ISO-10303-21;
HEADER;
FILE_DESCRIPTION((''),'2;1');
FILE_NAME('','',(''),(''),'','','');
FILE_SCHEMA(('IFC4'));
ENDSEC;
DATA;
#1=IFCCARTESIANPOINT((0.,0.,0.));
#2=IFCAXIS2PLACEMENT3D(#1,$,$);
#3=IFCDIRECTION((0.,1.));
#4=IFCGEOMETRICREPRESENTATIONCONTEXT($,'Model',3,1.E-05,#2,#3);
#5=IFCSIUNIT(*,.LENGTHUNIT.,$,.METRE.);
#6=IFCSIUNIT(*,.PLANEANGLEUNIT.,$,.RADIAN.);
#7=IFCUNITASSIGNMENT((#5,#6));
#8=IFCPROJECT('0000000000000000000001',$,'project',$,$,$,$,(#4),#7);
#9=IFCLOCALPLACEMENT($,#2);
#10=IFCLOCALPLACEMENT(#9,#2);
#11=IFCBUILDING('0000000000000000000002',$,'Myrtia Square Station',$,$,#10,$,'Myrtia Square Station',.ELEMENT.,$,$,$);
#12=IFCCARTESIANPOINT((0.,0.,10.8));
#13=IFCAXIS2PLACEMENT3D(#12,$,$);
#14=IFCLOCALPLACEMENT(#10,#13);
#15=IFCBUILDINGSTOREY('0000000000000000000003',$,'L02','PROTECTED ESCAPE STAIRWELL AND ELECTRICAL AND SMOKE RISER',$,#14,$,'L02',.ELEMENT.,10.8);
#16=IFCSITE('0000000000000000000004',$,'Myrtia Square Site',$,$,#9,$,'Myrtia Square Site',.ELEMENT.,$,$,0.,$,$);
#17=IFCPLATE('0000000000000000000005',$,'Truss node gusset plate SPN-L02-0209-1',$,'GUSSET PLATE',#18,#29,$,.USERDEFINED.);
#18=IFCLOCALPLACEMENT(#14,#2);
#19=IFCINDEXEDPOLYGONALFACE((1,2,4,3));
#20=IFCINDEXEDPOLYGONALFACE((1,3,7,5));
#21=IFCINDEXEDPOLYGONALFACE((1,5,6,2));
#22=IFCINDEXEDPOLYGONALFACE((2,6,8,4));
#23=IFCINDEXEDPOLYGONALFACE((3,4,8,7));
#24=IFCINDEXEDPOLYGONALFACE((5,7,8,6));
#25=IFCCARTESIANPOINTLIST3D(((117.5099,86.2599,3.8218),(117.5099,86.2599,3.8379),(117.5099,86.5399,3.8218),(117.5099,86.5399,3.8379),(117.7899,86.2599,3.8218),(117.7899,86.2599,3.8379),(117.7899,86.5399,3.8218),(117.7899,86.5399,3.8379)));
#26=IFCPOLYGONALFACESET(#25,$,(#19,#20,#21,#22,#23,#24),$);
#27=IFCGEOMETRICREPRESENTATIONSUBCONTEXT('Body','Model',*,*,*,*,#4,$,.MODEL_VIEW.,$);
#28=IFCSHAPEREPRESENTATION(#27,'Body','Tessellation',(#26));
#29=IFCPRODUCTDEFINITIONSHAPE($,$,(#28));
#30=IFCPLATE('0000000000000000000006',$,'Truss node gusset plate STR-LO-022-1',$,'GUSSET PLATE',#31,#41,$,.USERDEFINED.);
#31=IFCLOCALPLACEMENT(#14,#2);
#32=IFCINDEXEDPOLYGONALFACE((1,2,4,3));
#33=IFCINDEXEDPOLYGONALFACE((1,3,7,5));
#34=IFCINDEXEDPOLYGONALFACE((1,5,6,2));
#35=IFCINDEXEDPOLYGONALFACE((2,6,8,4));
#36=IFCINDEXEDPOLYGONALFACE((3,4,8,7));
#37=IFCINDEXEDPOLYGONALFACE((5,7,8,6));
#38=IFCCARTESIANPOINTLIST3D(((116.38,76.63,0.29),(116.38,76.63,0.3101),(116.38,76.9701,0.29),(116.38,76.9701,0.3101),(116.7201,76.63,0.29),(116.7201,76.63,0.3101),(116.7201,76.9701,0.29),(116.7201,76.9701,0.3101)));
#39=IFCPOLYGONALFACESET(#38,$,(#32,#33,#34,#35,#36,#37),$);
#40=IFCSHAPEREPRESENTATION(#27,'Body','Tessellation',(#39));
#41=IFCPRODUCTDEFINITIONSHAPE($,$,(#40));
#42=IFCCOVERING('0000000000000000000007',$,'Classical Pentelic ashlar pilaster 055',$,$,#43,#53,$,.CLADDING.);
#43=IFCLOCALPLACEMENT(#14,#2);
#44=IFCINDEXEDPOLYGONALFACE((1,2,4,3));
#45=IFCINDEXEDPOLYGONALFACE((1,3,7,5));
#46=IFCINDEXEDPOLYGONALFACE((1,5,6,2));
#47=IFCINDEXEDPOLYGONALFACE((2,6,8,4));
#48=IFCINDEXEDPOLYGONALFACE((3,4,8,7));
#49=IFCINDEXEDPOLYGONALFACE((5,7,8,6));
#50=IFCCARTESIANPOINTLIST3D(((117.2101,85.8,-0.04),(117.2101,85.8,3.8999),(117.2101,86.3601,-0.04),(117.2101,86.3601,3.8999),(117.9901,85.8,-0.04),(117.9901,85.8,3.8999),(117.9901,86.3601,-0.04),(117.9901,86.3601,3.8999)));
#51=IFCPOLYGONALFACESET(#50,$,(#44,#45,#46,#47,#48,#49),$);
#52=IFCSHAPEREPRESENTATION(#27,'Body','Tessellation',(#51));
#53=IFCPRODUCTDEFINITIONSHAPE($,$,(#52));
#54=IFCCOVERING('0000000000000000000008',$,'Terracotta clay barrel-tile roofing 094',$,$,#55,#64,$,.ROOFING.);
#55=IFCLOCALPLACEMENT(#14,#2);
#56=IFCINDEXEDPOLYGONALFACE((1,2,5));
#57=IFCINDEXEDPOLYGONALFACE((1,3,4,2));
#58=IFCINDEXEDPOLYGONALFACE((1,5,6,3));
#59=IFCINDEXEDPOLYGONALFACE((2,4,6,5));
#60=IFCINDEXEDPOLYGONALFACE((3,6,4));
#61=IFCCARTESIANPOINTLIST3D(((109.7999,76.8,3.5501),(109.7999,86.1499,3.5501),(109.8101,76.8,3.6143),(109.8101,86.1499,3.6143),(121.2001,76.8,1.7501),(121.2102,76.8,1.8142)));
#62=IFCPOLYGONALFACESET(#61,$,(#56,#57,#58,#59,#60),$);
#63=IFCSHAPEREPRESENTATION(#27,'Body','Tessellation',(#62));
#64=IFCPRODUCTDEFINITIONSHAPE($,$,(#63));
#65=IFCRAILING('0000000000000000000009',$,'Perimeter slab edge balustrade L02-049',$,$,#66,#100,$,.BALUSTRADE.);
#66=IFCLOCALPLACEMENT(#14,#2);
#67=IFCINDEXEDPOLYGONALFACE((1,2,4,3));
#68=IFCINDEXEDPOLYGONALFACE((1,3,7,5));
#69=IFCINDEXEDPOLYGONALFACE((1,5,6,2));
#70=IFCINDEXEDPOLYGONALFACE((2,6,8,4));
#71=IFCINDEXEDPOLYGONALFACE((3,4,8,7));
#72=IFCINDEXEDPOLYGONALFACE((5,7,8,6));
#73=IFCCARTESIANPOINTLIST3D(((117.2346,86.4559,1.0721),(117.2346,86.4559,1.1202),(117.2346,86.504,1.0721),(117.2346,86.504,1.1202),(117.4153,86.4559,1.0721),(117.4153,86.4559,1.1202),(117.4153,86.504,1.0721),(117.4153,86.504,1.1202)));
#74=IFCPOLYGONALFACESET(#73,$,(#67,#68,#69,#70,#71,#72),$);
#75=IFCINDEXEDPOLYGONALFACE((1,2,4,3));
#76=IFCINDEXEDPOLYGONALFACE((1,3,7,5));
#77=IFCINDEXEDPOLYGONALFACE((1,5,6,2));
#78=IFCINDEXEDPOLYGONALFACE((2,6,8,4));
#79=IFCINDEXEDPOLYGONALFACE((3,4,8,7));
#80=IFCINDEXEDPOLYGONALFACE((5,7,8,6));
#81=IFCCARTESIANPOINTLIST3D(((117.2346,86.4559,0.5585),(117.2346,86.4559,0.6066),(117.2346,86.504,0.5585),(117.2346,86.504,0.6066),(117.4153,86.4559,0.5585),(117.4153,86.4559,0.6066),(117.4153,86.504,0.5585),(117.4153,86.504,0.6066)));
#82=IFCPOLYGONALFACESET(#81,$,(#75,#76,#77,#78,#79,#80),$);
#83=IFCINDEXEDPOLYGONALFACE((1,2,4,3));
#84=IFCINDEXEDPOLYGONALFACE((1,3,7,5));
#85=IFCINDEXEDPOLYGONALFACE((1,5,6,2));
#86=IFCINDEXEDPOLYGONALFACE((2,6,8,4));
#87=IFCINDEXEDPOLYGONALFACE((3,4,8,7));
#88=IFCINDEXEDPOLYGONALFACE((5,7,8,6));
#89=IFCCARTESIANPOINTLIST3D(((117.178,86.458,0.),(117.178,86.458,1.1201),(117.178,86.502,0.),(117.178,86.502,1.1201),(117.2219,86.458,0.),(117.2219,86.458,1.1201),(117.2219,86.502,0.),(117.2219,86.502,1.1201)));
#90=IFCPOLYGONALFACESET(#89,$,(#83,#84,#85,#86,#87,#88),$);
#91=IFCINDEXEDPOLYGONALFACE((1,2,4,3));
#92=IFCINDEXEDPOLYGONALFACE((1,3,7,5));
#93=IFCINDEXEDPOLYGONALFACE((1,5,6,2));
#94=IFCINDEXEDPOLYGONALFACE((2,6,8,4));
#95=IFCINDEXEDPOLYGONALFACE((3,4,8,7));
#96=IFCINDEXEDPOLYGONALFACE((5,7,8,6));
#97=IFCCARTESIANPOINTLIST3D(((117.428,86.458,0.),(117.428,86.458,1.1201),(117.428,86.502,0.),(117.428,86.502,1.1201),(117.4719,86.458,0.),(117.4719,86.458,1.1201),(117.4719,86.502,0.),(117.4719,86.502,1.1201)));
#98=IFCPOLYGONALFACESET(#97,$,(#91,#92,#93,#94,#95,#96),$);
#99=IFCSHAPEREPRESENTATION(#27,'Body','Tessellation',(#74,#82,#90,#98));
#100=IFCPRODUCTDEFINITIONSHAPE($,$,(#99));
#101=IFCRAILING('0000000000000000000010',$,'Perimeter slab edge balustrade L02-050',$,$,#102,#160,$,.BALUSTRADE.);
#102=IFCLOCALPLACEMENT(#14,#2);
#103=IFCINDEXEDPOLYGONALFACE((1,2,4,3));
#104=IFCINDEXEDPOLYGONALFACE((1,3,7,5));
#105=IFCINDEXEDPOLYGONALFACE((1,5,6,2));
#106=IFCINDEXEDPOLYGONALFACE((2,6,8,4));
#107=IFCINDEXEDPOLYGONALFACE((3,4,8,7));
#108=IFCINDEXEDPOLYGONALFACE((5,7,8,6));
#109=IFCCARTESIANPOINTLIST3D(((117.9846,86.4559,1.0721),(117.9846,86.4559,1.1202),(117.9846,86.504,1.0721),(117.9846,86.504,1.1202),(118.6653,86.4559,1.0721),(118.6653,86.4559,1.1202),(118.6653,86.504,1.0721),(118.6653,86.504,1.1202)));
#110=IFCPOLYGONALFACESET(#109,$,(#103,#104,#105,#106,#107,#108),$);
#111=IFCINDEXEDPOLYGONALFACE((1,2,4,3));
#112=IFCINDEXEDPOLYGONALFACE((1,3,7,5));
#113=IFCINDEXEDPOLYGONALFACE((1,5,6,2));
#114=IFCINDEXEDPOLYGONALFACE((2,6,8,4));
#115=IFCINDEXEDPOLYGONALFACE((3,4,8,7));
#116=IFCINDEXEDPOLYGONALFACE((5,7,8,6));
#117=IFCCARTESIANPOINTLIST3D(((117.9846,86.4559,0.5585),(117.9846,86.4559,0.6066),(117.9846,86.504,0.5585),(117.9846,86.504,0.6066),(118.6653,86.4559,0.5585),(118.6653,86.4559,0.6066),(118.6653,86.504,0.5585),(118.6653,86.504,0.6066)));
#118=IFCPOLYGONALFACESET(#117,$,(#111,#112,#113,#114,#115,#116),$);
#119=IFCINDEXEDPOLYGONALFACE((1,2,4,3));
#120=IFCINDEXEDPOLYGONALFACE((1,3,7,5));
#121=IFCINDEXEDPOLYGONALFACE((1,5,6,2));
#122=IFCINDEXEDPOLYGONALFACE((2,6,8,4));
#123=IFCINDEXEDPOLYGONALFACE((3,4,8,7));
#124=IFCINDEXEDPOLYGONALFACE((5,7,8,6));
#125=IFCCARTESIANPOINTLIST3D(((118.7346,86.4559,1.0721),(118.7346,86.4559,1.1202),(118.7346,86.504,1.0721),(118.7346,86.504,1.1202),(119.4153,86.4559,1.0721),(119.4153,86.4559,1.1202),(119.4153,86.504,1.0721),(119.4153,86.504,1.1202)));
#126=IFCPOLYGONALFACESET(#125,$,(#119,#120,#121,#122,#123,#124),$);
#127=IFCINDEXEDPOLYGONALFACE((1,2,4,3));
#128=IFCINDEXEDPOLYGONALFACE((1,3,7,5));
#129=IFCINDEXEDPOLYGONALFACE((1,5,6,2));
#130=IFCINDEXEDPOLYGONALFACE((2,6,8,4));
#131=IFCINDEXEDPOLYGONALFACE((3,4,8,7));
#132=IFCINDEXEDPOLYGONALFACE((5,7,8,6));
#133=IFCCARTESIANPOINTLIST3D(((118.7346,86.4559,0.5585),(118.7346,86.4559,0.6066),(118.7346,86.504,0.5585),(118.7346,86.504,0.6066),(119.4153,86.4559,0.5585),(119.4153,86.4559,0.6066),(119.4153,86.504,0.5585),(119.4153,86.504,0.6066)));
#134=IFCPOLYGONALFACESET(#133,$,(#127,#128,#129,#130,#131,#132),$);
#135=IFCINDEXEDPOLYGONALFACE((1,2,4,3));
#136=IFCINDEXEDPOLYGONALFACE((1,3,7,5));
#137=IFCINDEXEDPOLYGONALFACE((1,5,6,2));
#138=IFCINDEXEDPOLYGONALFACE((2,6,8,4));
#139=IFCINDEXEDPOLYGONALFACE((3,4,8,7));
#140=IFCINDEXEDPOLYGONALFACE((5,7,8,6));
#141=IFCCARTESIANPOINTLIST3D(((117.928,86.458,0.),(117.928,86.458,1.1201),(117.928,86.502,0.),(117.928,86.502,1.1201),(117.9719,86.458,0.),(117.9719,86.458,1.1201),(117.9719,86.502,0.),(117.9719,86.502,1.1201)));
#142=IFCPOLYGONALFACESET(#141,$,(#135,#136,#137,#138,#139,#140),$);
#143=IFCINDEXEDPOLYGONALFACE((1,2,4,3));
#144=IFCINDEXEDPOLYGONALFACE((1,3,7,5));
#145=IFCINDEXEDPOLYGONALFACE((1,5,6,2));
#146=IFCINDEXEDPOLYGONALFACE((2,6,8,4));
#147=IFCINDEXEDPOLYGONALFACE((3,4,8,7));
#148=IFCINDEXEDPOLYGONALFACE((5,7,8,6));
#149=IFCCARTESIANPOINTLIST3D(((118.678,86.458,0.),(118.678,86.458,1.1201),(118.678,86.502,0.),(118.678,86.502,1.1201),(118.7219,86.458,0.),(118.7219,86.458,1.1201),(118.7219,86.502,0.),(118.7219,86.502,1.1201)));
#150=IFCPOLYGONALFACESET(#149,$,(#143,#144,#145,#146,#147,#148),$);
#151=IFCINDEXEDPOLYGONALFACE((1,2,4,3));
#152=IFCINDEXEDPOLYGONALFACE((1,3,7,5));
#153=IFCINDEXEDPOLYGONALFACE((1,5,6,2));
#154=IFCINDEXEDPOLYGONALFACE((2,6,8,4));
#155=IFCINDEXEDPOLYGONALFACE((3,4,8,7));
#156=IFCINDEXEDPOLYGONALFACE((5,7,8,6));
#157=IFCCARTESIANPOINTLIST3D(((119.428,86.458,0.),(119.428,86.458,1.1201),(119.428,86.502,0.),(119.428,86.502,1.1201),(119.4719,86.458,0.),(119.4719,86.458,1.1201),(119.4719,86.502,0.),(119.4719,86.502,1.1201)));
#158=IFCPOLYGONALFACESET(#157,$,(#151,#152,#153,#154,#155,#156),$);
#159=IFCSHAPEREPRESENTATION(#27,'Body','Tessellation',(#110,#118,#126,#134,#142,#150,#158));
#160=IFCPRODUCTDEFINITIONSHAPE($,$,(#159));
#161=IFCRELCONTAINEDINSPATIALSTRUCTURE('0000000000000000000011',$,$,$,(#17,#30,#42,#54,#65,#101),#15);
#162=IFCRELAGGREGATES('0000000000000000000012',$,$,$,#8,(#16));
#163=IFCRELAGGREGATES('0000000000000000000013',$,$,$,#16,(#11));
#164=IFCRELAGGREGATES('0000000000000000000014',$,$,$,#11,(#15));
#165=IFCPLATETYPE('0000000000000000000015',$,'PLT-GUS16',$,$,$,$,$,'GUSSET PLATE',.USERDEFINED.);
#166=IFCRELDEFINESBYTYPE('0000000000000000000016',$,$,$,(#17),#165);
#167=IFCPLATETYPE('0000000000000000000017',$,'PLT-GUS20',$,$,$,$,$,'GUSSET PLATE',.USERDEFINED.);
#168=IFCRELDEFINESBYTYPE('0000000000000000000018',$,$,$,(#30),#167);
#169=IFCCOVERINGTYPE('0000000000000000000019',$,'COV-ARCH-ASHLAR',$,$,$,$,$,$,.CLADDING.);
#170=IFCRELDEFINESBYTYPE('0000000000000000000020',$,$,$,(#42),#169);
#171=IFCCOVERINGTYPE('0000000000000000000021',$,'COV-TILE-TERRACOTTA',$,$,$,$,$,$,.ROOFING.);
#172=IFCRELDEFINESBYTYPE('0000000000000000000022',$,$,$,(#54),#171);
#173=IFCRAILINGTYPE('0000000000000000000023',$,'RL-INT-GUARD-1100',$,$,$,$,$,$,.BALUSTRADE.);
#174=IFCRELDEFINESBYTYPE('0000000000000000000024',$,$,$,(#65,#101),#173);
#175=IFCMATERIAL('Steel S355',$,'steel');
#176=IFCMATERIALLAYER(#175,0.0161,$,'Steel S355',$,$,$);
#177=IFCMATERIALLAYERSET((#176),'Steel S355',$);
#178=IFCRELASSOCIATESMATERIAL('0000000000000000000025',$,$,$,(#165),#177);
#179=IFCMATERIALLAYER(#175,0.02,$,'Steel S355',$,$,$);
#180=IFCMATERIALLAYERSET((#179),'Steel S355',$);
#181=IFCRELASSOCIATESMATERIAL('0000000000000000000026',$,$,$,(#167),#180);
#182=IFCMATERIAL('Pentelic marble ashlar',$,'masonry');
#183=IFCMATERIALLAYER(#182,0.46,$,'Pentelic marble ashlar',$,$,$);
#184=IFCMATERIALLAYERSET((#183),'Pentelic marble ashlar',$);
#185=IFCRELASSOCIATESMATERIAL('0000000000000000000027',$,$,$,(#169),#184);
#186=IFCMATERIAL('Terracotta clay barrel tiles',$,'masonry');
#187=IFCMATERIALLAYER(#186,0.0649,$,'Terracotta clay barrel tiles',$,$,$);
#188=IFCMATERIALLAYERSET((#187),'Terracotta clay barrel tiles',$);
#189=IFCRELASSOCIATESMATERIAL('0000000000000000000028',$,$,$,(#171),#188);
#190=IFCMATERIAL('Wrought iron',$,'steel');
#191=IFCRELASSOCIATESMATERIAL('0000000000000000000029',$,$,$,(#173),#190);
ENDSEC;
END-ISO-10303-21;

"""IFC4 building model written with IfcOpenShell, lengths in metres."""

from ifc_helpers import new_model, si_unit, direction, frame, origin, origin_2d, place, context, subcontext, project, spatial, polyline, rectangle, outline, extrude, material, layer, layer_set, type_object, element, save


model = new_model("IFC4")

# Units and contexts
model_context = context("Model", 3, precision=1e-05, world=origin(), true_north=direction((0.0, 1.0)))
body_context = subcontext(model_context, "Body", "Model", "MODEL_VIEW")
ifc_project = project(units=[si_unit("LENGTHUNIT", "METRE"), si_unit("PLANEANGLEUNIT", "RADIAN")], contexts=[model_context])

# Site, building, storey
site_placement = place(None, origin())
site = spatial("IfcSite", under=ifc_project, at=site_placement, Name="Myrtia Square Site", LongName="Myrtia Square Site", CompositionType="ELEMENT", RefElevation=0.0)
building_placement = place(site_placement, origin())
building = spatial("IfcBuilding", under=site, at=building_placement, Name="Myrtia Square Station", LongName="Myrtia Square Station", CompositionType="ELEMENT")
storey_placement = place(building_placement, frame((0.0, 0.0, 10.8)))
storey = spatial("IfcBuildingStorey", under=building, at=storey_placement, Name="L02", Description="PROTECTED ESCAPE STAIRWELL AND ELECTRICAL AND SMOKE RISER", LongName="L02", CompositionType="ELEMENT", Elevation=10.8)

# Shared definitions
ifc_material_1 = material(Name="Steel S355", Category="steel")

# Plates
ifc_layer_1 = layer(ifc_material_1, 0.0161, Name="Steel S355")
ifc_layer_set_1 = layer_set([ifc_layer_1], Name="Steel S355")
plate_type_1 = type_object("IfcPlateType", Name="PLT-GUS16", ElementType="GUSSET PLATE", PredefinedType="USERDEFINED", material=ifc_layer_set_1)
plate_1_placement = place(storey_placement, frame((117.6499, 86.3999, 3.8218), z_axis=(0.0, 0.0, 1.0), x_axis=(1.0, 0.0, 0.0)))
element("IfcPlate", 1, at=plate_1_placement, inside=storey, type_object=plate_type_1, Name="Truss node gusset plate SPN-L02-0209-1", ObjectType="GUSSET PLATE", PredefinedType="USERDEFINED", context=body_context, shape_type="SweptSolid", body=[
    extrude(rectangle(XDim=0.28, YDim=0.28, at=origin_2d()), origin(), (0.0, 0.0, 1.0), 0.0161),
])
ifc_layer_2 = layer(ifc_material_1, 0.02, Name="Steel S355")
ifc_layer_set_2 = layer_set([ifc_layer_2], Name="Steel S355")
plate_type_2 = type_object("IfcPlateType", Name="PLT-GUS20", ElementType="GUSSET PLATE", PredefinedType="USERDEFINED", material=ifc_layer_set_2)
plate_2_placement = place(storey_placement, frame((116.55, 76.8, 0.29), z_axis=(0.0, 0.0, 1.0), x_axis=(1.0, 0.0, 0.0)))
element("IfcPlate", 2, at=plate_2_placement, inside=storey, type_object=plate_type_2, Name="Truss node gusset plate STR-LO-022-1", ObjectType="GUSSET PLATE", PredefinedType="USERDEFINED", context=body_context, shape_type="SweptSolid", body=[
    extrude(rectangle(XDim=0.3401, YDim=0.3401, at=origin_2d()), origin(), (0.0, 0.0, 1.0), 0.02),
])

# Coverings
ifc_material_2 = material(Name="Pentelic marble ashlar", Category="masonry")
ifc_layer_3 = layer(ifc_material_2, 0.46, Name="Pentelic marble ashlar")
ifc_layer_set_3 = layer_set([ifc_layer_3], Name="Pentelic marble ashlar")
covering_type_1 = type_object("IfcCoveringType", Name="COV-ARCH-ASHLAR", PredefinedType="CLADDING", material=ifc_layer_set_3)
covering_1_placement = place(storey_placement, frame((117.6001, 86.0801, -0.04), z_axis=(0.0, 0.0, 1.0), x_axis=(1.0, 0.0, 0.0)))
element("IfcCovering", 3, at=covering_1_placement, inside=storey, type_object=covering_type_1, Name="Classical Pentelic ashlar pilaster 055", PredefinedType="CLADDING", context=body_context, shape_type="SweptSolid", body=[
    extrude(rectangle(XDim=0.78, YDim=0.5601, at=origin_2d()), origin(), (0.0, 0.0, 1.0), 3.9399),
])
ifc_material_3 = material(Name="Terracotta clay barrel tiles", Category="masonry")
ifc_layer_4 = layer(ifc_material_3, 0.0649, Name="Terracotta clay barrel tiles")
ifc_layer_set_4 = layer_set([ifc_layer_4], Name="Terracotta clay barrel tiles")
covering_type_2 = type_object("IfcCoveringType", Name="COV-TILE-TERRACOTTA", PredefinedType="ROOFING", material=ifc_layer_set_4)
covering_2_placement = place(storey_placement, frame((109.8101, 76.8, 3.6143), z_axis=(0.155965, 0.0, 0.987763), x_axis=(0.987763, 0.0, -0.155965)))
element("IfcCovering", 4, at=covering_2_placement, inside=storey, type_object=covering_type_2, Name="Terracotta clay barrel-tile roofing 094", PredefinedType="ROOFING", context=body_context, shape_type="SweptSolid", body=[
    extrude(outline(polyline([(0.0, 0.0), (11.5414, 0.0), (0.0, 9.3499), (0.0, 0.0)])), origin(), (0.0, 0.0, -1.0), 0.0649),
])

# Railings
ifc_material_4 = material(Name="Wrought iron", Category="steel")
railing_type = type_object("IfcRailingType", Name="RL-INT-GUARD-1100", PredefinedType="BALUSTRADE", material=ifc_material_4)
railing_1_placement = place(storey_placement, frame((117.2, 86.48, 0.0)))
element("IfcRailing", 5, at=railing_1_placement, inside=storey, type_object=railing_type, Name="Perimeter slab edge balustrade L02-049", PredefinedType="BALUSTRADE", context=body_context, shape_type="SweptSolid", body=[
    extrude(rectangle(XDim=0.0481, YDim=0.0481, at=origin_2d()), frame((0.0347, 0.0, 1.0962), z_axis=(1.0, 0.0, 0.0), x_axis=(0.0, 1.0, 0.0)), (0.0, 0.0, 1.0), 0.1807),
    extrude(rectangle(XDim=0.0481, YDim=0.0481, at=origin_2d()), frame((0.0347, 0.0, 0.5825), z_axis=(1.0, 0.0, 0.0), x_axis=(0.0, 1.0, 0.0)), (0.0, 0.0, 1.0), 0.1807),
    extrude(rectangle(XDim=0.0439, YDim=0.0439, at=origin_2d()), origin(), (0.0, 0.0, 1.0), 1.1201),
    extrude(rectangle(XDim=0.0439, YDim=0.0439, at=origin_2d()), frame((0.25, 0.0, 0.0)), (0.0, 0.0, 1.0), 1.1201),
])
railing_2_placement = place(storey_placement, frame((117.95, 86.48, 0.0)))
element("IfcRailing", 6, at=railing_2_placement, inside=storey, type_object=railing_type, Name="Perimeter slab edge balustrade L02-050", PredefinedType="BALUSTRADE", context=body_context, shape_type="SweptSolid", body=[
    extrude(rectangle(XDim=0.0481, YDim=0.0481, at=origin_2d()), frame((0.0347, 0.0, 1.0962), z_axis=(1.0, 0.0, 0.0), x_axis=(0.0, 1.0, 0.0)), (0.0, 0.0, 1.0), 0.6807),
    extrude(rectangle(XDim=0.0481, YDim=0.0481, at=origin_2d()), frame((0.0347, 0.0, 0.5825), z_axis=(1.0, 0.0, 0.0), x_axis=(0.0, 1.0, 0.0)), (0.0, 0.0, 1.0), 0.6807),
    extrude(rectangle(XDim=0.0481, YDim=0.0481, at=origin_2d()), frame((0.7847, 0.0, 1.0962), z_axis=(1.0, 0.0, 0.0), x_axis=(0.0, 1.0, 0.0)), (0.0, 0.0, 1.0), 0.6807),
    extrude(rectangle(XDim=0.0481, YDim=0.0481, at=origin_2d()), frame((0.7847, 0.0, 0.5825), z_axis=(1.0, 0.0, 0.0), x_axis=(0.0, 1.0, 0.0)), (0.0, 0.0, 1.0), 0.6807),
    extrude(rectangle(XDim=0.0439, YDim=0.0439, at=origin_2d()), origin(), (0.0, 0.0, 1.0), 1.1201),
    extrude(rectangle(XDim=0.0439, YDim=0.0439, at=origin_2d()), frame((0.75, 0.0, 0.0)), (0.0, 0.0, 1.0), 1.1201),
    extrude(rectangle(XDim=0.0439, YDim=0.0439, at=origin_2d()), frame((1.5, 0.0, 0.0)), (0.0, 0.0, 1.0), 1.1201),
])

save(model, "model.ifc")
